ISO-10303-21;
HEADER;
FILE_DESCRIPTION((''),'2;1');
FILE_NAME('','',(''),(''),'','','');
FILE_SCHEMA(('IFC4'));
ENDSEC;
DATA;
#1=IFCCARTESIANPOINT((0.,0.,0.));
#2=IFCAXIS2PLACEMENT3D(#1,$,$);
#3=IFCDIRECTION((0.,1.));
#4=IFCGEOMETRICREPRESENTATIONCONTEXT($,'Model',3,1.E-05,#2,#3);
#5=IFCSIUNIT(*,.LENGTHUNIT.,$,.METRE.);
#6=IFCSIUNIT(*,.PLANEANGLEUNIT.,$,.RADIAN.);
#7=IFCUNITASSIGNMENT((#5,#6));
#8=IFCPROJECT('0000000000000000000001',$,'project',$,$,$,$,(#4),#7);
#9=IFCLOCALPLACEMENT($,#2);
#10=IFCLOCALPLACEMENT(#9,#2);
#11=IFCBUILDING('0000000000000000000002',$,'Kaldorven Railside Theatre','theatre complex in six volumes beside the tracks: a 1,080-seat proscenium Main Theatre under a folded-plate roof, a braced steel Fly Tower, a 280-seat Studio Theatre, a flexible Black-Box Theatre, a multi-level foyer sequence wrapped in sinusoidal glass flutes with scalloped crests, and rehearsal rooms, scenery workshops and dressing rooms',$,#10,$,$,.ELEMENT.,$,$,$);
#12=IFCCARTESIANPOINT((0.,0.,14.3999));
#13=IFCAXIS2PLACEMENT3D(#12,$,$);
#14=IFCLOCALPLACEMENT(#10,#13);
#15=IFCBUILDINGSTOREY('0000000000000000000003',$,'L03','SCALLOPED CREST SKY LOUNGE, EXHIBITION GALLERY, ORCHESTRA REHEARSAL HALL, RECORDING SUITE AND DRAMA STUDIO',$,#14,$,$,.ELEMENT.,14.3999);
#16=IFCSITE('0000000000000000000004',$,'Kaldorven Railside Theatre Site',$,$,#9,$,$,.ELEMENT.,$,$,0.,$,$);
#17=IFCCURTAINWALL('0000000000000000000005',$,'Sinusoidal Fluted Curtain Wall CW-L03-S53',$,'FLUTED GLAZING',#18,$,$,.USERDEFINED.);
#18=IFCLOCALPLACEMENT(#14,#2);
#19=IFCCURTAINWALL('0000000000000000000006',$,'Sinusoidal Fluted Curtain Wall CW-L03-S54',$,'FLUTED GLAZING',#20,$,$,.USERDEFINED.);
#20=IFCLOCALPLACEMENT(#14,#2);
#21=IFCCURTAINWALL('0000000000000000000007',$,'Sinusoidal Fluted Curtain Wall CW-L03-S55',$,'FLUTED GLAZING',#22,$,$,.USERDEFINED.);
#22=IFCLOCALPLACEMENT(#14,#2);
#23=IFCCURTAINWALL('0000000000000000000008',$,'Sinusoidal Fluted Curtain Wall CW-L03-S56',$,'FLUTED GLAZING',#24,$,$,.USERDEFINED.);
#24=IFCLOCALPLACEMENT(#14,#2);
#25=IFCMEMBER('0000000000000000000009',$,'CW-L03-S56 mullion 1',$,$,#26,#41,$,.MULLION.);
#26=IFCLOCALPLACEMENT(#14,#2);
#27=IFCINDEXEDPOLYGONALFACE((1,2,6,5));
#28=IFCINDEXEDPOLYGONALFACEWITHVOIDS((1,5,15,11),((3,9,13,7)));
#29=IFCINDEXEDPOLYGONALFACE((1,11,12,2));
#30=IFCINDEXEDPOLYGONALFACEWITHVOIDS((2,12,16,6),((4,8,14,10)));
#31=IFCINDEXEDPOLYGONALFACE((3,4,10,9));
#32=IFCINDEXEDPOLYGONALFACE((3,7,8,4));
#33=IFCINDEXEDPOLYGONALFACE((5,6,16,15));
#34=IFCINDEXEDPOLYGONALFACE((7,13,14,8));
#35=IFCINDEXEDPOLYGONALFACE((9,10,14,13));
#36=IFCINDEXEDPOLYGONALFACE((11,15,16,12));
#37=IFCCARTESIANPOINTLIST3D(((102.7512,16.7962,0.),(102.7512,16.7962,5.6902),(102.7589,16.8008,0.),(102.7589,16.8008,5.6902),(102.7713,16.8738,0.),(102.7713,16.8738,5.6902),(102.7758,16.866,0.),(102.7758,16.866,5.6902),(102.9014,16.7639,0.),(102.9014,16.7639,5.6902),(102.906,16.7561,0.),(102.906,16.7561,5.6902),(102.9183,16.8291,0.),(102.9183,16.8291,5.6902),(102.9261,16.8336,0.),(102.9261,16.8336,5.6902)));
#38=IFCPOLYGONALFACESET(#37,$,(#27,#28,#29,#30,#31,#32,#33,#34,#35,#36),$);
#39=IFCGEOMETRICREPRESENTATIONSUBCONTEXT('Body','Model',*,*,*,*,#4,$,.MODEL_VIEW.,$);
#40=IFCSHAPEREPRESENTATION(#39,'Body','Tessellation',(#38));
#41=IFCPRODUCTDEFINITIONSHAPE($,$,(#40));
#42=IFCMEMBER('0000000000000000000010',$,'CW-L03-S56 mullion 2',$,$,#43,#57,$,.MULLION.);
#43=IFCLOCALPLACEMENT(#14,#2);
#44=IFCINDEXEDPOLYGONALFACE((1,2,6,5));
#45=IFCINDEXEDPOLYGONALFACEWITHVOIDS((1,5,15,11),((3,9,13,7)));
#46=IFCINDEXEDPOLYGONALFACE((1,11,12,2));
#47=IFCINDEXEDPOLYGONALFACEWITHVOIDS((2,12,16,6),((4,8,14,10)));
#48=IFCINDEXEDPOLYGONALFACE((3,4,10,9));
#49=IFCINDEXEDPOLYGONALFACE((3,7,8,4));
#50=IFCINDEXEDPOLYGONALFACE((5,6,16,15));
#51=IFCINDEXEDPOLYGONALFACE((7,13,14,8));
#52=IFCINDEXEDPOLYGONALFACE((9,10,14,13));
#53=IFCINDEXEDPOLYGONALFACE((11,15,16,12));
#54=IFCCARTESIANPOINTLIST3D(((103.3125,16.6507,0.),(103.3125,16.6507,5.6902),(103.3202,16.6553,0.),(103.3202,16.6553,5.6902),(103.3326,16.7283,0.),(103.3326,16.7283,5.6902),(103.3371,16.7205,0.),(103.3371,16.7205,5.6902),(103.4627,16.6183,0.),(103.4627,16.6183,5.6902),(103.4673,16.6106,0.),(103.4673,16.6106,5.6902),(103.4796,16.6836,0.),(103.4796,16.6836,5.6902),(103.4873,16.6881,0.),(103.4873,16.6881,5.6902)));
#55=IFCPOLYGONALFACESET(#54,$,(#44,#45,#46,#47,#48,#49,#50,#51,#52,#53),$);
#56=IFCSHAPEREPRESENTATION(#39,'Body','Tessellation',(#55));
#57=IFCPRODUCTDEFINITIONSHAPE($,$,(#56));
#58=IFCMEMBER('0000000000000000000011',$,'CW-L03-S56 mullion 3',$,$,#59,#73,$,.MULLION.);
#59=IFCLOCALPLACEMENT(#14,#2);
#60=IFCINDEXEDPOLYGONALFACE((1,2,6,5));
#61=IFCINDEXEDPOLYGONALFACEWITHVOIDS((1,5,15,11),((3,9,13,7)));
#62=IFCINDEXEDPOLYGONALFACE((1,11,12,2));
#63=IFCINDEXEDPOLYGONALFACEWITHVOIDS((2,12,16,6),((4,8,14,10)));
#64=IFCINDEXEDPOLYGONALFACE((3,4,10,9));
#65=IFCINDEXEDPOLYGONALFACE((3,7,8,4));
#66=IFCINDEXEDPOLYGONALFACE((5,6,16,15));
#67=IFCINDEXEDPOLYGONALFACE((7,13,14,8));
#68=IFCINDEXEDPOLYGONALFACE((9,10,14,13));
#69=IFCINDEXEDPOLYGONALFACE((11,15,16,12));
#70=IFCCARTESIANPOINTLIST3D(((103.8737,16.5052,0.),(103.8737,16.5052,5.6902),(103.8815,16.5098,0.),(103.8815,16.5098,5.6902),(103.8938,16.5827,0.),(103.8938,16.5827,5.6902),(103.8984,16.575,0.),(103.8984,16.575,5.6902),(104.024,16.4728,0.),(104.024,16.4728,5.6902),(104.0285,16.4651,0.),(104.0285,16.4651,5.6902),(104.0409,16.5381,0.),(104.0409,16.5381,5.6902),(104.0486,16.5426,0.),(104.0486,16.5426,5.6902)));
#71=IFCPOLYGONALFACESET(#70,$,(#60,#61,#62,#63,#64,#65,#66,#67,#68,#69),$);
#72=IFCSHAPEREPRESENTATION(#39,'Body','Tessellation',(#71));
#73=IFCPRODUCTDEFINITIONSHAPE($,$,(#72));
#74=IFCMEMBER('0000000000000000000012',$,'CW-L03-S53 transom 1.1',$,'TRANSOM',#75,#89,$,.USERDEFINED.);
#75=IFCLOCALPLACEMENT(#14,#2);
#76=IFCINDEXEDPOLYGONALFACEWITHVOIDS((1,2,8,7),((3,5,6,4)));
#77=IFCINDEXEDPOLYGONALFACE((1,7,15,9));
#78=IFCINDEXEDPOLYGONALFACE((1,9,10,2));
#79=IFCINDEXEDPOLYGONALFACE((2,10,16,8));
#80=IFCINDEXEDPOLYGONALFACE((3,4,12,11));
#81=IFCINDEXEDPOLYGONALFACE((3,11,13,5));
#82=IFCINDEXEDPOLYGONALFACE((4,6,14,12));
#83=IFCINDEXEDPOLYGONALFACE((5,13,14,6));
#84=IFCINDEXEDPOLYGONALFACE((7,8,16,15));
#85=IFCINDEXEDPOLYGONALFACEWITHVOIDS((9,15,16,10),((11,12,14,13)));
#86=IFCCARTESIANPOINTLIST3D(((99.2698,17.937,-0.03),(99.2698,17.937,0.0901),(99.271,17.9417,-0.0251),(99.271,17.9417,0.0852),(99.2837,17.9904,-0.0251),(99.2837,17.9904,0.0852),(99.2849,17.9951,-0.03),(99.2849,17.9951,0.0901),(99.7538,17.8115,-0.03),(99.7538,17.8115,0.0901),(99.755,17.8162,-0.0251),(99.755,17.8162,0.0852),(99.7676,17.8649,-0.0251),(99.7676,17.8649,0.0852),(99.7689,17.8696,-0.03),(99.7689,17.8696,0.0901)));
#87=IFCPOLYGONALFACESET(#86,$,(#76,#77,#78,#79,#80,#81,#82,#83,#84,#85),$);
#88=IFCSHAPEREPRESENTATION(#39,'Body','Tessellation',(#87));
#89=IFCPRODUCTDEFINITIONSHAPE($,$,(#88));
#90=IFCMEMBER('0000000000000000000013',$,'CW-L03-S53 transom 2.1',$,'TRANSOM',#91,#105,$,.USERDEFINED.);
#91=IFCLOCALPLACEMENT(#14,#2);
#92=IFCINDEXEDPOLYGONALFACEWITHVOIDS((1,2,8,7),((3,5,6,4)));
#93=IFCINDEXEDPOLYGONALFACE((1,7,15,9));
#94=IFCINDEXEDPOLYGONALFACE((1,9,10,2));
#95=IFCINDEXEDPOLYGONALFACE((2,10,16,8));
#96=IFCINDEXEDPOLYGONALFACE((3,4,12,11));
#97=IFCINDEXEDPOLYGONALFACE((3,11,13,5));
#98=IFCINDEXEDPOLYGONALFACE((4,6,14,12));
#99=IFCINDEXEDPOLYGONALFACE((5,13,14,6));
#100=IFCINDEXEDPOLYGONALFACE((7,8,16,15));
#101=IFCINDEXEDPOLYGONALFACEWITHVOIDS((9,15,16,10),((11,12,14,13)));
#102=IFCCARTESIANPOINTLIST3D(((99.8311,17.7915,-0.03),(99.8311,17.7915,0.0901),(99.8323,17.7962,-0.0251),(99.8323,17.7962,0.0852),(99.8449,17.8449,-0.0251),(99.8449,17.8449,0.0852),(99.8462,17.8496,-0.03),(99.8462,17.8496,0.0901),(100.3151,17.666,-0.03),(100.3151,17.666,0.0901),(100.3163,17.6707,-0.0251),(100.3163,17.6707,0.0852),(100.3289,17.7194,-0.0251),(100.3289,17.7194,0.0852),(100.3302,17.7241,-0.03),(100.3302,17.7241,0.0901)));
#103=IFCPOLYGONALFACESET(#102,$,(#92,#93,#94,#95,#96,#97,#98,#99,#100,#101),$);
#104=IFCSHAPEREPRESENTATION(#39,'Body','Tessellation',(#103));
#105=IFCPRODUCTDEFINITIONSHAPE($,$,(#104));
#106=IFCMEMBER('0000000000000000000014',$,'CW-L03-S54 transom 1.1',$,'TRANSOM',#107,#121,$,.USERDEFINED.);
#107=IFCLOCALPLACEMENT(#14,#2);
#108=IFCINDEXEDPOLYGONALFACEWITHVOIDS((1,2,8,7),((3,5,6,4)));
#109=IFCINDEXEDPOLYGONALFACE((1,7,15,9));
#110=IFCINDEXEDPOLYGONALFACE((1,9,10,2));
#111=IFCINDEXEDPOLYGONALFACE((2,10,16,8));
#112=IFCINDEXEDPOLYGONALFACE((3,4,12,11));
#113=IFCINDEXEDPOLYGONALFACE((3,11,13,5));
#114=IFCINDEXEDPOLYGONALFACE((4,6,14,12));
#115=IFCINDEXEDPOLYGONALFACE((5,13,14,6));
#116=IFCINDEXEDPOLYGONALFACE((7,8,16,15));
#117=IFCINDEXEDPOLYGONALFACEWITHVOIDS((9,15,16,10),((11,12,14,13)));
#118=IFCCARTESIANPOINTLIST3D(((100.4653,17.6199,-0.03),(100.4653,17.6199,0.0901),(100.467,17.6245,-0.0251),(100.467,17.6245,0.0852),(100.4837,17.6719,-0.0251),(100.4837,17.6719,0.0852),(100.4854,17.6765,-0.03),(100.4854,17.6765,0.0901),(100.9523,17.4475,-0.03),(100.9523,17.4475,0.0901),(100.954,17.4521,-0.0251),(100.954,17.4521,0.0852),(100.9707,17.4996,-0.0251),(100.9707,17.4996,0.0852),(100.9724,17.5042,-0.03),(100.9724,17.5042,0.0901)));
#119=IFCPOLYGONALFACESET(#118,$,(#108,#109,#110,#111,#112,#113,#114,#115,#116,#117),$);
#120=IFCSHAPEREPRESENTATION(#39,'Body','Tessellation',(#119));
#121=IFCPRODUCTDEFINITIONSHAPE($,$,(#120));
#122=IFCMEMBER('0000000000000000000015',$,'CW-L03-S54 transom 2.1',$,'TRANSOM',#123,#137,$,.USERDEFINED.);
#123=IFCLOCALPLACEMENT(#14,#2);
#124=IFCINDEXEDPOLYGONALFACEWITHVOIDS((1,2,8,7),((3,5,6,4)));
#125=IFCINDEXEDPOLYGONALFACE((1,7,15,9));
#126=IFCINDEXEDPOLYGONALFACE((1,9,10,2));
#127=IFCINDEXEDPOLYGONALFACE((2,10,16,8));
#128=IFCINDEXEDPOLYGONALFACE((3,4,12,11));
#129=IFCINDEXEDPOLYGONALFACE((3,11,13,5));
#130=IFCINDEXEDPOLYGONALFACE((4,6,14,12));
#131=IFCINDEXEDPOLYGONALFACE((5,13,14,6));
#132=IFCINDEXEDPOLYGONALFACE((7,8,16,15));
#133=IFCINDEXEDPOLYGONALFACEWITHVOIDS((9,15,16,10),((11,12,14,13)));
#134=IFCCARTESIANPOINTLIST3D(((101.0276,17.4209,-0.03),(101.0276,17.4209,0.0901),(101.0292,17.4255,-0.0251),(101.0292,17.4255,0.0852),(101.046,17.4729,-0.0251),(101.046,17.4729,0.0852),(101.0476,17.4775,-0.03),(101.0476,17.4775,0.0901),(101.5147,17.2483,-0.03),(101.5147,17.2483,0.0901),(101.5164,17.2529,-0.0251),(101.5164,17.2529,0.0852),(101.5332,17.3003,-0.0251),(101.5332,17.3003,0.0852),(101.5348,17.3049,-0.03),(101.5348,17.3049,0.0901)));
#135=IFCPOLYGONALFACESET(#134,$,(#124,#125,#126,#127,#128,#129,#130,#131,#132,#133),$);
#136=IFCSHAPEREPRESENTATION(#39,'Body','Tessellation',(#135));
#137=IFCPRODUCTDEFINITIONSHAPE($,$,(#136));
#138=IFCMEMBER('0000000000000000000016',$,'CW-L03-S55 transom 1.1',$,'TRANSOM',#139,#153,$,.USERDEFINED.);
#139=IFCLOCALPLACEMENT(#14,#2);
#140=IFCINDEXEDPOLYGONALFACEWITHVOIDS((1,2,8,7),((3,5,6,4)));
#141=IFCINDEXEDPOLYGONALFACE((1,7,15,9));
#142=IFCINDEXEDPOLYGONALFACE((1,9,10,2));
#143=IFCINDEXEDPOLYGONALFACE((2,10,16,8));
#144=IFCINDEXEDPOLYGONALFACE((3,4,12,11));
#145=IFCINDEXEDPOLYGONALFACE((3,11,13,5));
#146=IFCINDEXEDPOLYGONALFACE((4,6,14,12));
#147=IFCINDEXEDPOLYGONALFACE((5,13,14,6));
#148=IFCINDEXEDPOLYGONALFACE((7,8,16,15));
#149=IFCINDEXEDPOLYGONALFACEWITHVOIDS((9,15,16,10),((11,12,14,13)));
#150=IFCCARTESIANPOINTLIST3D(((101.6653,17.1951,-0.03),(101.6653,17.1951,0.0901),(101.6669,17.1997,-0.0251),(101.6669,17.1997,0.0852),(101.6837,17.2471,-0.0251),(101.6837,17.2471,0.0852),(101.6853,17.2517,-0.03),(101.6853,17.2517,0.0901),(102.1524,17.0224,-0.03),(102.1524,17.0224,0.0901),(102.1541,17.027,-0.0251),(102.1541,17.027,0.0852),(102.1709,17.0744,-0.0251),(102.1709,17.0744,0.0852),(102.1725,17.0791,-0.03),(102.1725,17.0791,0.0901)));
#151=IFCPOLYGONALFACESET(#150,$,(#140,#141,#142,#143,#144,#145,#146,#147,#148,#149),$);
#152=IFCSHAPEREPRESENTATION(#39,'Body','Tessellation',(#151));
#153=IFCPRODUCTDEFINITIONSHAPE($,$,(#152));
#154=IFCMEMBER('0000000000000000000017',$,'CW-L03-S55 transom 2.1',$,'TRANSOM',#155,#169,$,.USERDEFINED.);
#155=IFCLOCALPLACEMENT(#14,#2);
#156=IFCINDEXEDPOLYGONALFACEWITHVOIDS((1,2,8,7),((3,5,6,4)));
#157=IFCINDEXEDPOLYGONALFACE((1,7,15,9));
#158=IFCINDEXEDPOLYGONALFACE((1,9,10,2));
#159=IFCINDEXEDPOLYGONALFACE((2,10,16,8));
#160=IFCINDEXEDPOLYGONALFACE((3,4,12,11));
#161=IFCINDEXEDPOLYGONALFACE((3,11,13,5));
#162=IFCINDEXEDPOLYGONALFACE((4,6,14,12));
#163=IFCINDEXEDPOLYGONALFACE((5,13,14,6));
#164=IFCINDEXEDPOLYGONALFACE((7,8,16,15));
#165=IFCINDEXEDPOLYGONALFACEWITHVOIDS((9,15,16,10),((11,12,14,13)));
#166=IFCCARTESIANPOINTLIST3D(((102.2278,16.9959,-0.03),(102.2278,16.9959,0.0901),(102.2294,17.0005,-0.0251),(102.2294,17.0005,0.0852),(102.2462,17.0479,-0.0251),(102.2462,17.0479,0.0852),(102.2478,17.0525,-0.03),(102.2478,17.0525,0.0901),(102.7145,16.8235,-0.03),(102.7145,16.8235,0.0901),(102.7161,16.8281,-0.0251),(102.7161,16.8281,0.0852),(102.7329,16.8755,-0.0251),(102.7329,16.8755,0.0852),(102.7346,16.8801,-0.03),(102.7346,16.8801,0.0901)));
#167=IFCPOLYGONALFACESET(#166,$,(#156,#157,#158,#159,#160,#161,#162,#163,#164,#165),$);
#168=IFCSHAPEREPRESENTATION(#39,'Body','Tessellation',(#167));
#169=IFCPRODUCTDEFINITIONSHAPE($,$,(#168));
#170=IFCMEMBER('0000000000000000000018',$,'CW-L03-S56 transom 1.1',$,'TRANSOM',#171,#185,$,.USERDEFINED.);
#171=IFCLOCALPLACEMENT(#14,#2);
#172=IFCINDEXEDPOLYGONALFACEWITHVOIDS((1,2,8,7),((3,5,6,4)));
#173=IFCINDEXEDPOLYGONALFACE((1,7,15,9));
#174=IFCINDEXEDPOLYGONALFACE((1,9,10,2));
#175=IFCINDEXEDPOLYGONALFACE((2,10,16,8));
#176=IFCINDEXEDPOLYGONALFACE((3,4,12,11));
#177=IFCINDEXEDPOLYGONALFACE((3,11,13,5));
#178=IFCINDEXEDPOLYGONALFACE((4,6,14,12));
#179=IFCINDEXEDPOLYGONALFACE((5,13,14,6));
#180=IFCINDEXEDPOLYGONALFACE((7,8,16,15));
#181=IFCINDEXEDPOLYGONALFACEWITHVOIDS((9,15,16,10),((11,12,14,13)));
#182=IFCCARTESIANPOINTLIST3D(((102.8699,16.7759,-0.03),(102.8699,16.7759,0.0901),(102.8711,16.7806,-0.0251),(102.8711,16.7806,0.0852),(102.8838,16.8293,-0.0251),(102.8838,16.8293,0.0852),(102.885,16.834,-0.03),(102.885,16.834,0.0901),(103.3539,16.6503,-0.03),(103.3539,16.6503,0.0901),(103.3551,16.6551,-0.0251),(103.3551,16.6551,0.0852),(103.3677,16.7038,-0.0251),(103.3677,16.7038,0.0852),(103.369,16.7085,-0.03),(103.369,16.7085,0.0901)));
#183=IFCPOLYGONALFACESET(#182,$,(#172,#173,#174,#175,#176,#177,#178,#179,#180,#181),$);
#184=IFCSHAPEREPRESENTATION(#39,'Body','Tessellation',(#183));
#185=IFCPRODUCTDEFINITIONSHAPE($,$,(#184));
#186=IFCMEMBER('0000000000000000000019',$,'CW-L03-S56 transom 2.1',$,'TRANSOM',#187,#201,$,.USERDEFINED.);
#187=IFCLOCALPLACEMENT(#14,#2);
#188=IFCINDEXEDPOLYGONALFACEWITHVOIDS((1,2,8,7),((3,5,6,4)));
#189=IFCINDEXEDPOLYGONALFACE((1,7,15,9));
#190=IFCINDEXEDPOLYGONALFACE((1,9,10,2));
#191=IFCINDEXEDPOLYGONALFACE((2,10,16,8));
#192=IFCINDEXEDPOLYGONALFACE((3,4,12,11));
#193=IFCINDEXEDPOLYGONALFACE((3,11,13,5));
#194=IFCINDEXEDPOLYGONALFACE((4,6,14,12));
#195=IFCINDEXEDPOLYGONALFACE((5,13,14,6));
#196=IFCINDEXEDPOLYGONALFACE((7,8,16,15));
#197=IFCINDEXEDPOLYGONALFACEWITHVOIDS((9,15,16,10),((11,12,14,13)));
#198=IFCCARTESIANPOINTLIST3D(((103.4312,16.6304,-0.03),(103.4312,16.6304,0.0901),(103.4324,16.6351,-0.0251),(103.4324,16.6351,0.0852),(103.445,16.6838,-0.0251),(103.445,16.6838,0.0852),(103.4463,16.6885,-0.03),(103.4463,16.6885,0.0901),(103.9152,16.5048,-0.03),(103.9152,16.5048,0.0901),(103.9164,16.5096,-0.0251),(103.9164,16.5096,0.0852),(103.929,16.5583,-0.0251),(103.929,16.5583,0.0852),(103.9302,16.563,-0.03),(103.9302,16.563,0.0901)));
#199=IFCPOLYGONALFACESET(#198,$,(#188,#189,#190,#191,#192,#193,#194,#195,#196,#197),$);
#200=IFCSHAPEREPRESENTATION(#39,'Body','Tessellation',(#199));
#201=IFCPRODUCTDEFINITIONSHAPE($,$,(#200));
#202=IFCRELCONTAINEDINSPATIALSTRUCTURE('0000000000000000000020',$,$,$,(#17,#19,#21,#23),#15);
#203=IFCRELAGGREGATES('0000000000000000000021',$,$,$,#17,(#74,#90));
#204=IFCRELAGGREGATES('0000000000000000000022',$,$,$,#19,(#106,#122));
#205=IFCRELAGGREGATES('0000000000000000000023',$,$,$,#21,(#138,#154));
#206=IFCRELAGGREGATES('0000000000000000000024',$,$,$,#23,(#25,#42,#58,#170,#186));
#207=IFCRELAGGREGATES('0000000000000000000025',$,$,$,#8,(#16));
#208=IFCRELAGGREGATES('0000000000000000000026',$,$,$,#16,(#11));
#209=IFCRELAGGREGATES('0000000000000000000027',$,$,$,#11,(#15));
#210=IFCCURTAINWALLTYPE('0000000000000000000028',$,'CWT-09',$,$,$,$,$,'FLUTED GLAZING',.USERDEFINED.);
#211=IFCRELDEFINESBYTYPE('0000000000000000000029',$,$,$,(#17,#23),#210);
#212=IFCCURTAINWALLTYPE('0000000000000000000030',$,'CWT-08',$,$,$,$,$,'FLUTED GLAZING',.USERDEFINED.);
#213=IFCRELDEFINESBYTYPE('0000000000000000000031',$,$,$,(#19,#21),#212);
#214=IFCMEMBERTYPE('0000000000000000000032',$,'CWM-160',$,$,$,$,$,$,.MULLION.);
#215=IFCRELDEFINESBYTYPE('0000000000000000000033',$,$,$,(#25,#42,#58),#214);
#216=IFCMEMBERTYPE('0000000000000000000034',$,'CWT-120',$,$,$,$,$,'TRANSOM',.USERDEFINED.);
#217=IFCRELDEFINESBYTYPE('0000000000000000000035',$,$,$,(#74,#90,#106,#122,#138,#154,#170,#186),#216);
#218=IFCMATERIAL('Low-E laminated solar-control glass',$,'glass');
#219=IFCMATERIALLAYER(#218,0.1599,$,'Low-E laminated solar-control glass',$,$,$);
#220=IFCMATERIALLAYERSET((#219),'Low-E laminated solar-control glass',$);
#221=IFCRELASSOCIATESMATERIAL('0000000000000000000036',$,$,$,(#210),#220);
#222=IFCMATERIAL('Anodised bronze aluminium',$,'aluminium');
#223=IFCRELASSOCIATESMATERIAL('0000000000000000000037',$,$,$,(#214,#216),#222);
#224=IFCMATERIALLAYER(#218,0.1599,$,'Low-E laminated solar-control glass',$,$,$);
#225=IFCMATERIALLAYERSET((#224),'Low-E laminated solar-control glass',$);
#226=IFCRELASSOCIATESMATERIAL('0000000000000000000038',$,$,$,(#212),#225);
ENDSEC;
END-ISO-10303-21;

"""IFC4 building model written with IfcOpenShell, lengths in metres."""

from ifc_helpers import new_model, si_unit, direction, frame, origin, origin_2d, place, context, subcontext, project, spatial, hollow_rectangle, extrude, material, layer, layer_set, material_profile, profile_set, type_object, element, aggregate, save


model = new_model("IFC4")

# Units and contexts
model_context = context("Model", 3, precision=1e-05, world=origin(), true_north=direction((0.0, 1.0)))
body_context = subcontext(model_context, "Body", "Model", "MODEL_VIEW")
ifc_project = project(units=[si_unit("LENGTHUNIT", "METRE"), si_unit("PLANEANGLEUNIT", "RADIAN")], contexts=[model_context])

# Site, building, storey
site_placement = place(None, origin())
site = spatial("IfcSite", under=ifc_project, at=site_placement, Name="Kaldorven Railside Theatre Site", CompositionType="ELEMENT", RefElevation=0.0)
building_placement = place(site_placement, origin())
building = spatial("IfcBuilding", under=site, at=building_placement, Name="Kaldorven Railside Theatre", Description="theatre complex in six volumes beside the tracks: a 1,080-seat proscenium Main Theatre under a folded-plate roof, a braced steel Fly Tower, a 280-seat Studio Theatre, a flexible Black-Box Theatre, a multi-level foyer sequence wrapped in sinusoidal glass flutes with scalloped crests, and rehearsal rooms, scenery workshops and dressing rooms", CompositionType="ELEMENT")
storey_placement = place(building_placement, frame((0.0, 0.0, 14.3999)))
storey = spatial("IfcBuildingStorey", under=building, at=storey_placement, Name="L03", Description="SCALLOPED CREST SKY LOUNGE, EXHIBITION GALLERY, ORCHESTRA REHEARSAL HALL, RECORDING SUITE AND DRAMA STUDIO", CompositionType="ELEMENT", Elevation=14.3999)

# Curtain walls, members
ifc_material_1 = material(Name="Low-E laminated solar-control glass", Category="glass")
ifc_layer_1 = layer(ifc_material_1, 0.1599, Name="Low-E laminated solar-control glass")
ifc_layer_set_1 = layer_set([ifc_layer_1], Name="Low-E laminated solar-control glass")
curtain_wall_type_1 = type_object("IfcCurtainWallType", Name="CWT-09", ElementType="FLUTED GLAZING", PredefinedType="USERDEFINED", material=ifc_layer_set_1)
curtain_wall_1_placement = place(storey_placement, origin())
curtain_wall_1 = element("IfcCurtainWall", 1, at=curtain_wall_1_placement, inside=storey, type_object=curtain_wall_type_1, Name="Sinusoidal Fluted Curtain Wall CW-L03-S53", ObjectType="FLUTED GLAZING", PredefinedType="USERDEFINED")
ifc_material_2 = material(Name="Anodised bronze aluminium", Category="aluminium")
ifc_material_profile_1 = material_profile(ifc_material_2, hollow_rectangle(XDim=0.0801, YDim=0.1599, WallThickness=0.0063, at=origin_2d()), Name="RHS 160x80x6.3")
ifc_profile_set_1 = profile_set([ifc_material_profile_1], Name="Anodised bronze aluminium")
member_type_1 = type_object("IfcMemberType", Name="CWM-160", PredefinedType="MULLION", material=ifc_profile_set_1)
ifc_layer_2 = layer(ifc_material_1, 0.1599, Name="Low-E laminated solar-control glass")
ifc_layer_set_2 = layer_set([ifc_layer_2], Name="Low-E laminated solar-control glass")
curtain_wall_type_2 = type_object("IfcCurtainWallType", Name="CWT-08", ElementType="FLUTED GLAZING", PredefinedType="USERDEFINED", material=ifc_layer_set_2)
curtain_wall_2_placement = place(storey_placement, origin())
curtain_wall_2 = element("IfcCurtainWall", 2, at=curtain_wall_2_placement, inside=storey, type_object=curtain_wall_type_2, Name="Sinusoidal Fluted Curtain Wall CW-L03-S54", ObjectType="FLUTED GLAZING", PredefinedType="USERDEFINED")
curtain_wall_3_placement = place(storey_placement, origin())
curtain_wall_3 = element("IfcCurtainWall", 3, at=curtain_wall_3_placement, inside=storey, type_object=curtain_wall_type_2, Name="Sinusoidal Fluted Curtain Wall CW-L03-S55", ObjectType="FLUTED GLAZING", PredefinedType="USERDEFINED")
curtain_wall_4_placement = place(storey_placement, origin())
curtain_wall_4 = element("IfcCurtainWall", 4, at=curtain_wall_4_placement, inside=storey, type_object=curtain_wall_type_1, Name="Sinusoidal Fluted Curtain Wall CW-L03-S56", ObjectType="FLUTED GLAZING", PredefinedType="USERDEFINED")
member_1_placement = place(storey_placement, frame((102.8386, 16.8149, 0.0), z_axis=(0.0, 0.0, 1.0), x_axis=(0.250954, 0.967999, 0.0)))
member_1 = element("IfcMember", 5, at=member_1_placement, type_object=member_type_1, Name="CW-L03-S56 mullion 1", PredefinedType="MULLION", context=body_context, shape_type="SweptSolid", body=[
    extrude(hollow_rectangle(XDim=0.0801, YDim=0.1599, WallThickness=0.0063, at=origin_2d()), origin(), (0.0, 0.0, 1.0), 5.6902),
])
member_2_placement = place(storey_placement, frame((103.3999, 16.6694, 0.0), z_axis=(0.0, 0.0, 1.0), x_axis=(0.250954, 0.967999, 0.0)))
member_2 = element("IfcMember", 6, at=member_2_placement, type_object=member_type_1, Name="CW-L03-S56 mullion 2", PredefinedType="MULLION", context=body_context, shape_type="SweptSolid", body=[
    extrude(hollow_rectangle(XDim=0.0801, YDim=0.1599, WallThickness=0.0063, at=origin_2d()), origin(), (0.0, 0.0, 1.0), 5.6902),
])
member_3_placement = place(storey_placement, frame((103.9612, 16.5239, 0.0), z_axis=(0.0, 0.0, 1.0), x_axis=(0.250954, 0.967999, 0.0)))
member_3 = element("IfcMember", 7, at=member_3_placement, type_object=member_type_1, Name="CW-L03-S56 mullion 3", PredefinedType="MULLION", context=body_context, shape_type="SweptSolid", body=[
    extrude(hollow_rectangle(XDim=0.0801, YDim=0.1599, WallThickness=0.0063, at=origin_2d()), origin(), (0.0, 0.0, 1.0), 5.6902),
])

# Members
ifc_material_profile_2 = material_profile(ifc_material_2, hollow_rectangle(XDim=0.0601, YDim=0.1201, WallThickness=0.0049, at=origin_2d()), Name="RHS 120x60x5")
ifc_profile_set_2 = profile_set([ifc_material_profile_2], Name="Anodised bronze aluminium")
member_type_2 = type_object("IfcMemberType", Name="CWT-120", ElementType="TRANSOM", PredefinedType="USERDEFINED", material=ifc_profile_set_2)
member_4_placement = place(storey_placement, frame((99.2773, 17.9661, 0.03), z_axis=(0.967979, -0.25103, 0.0), x_axis=(0.25103, 0.967979, 0.0)))
member_4 = element("IfcMember", 8, at=member_4_placement, type_object=member_type_2, Name="CW-L03-S53 transom 1.1", ObjectType="TRANSOM", PredefinedType="USERDEFINED", context=body_context, shape_type="SweptSolid", body=[
    extrude(hollow_rectangle(XDim=0.0601, YDim=0.1201, WallThickness=0.0049, at=origin_2d()), origin(), (0.0, 0.0, 1.0), 0.5),
])
member_5_placement = place(storey_placement, frame((99.8386, 17.8206, 0.03), z_axis=(0.967979, -0.25103, 0.0), x_axis=(0.25103, 0.967979, 0.0)))
member_5 = element("IfcMember", 9, at=member_5_placement, type_object=member_type_2, Name="CW-L03-S53 transom 2.1", ObjectType="TRANSOM", PredefinedType="USERDEFINED", context=body_context, shape_type="SweptSolid", body=[
    extrude(hollow_rectangle(XDim=0.0601, YDim=0.1201, WallThickness=0.0049, at=origin_2d()), origin(), (0.0, 0.0, 1.0), 0.5),
])
member_6_placement = place(storey_placement, frame((100.4753, 17.6482, 0.03), z_axis=(0.942711, -0.333611, 0.0), x_axis=(0.333611, 0.942711, 0.0)))
member_6 = element("IfcMember", 10, at=member_6_placement, type_object=member_type_2, Name="CW-L03-S54 transom 1.1", ObjectType="TRANSOM", PredefinedType="USERDEFINED", context=body_context, shape_type="SweptSolid", body=[
    extrude(hollow_rectangle(XDim=0.0601, YDim=0.1201, WallThickness=0.0049, at=origin_2d()), origin(), (0.0, 0.0, 1.0), 0.5166),
])
member_7_placement = place(storey_placement, frame((101.0376, 17.4492, 0.03), z_axis=(0.942562, -0.334031, 0.0), x_axis=(0.334031, 0.942562, 0.0)))
member_7 = element("IfcMember", 11, at=member_7_placement, type_object=member_type_2, Name="CW-L03-S54 transom 2.1", ObjectType="TRANSOM", PredefinedType="USERDEFINED", context=body_context, shape_type="SweptSolid", body=[
    extrude(hollow_rectangle(XDim=0.0601, YDim=0.1201, WallThickness=0.0049, at=origin_2d()), origin(), (0.0, 0.0, 1.0), 0.5168),
])
member_8_placement = place(storey_placement, frame((101.6753, 17.2234, 0.03), z_axis=(0.942562, -0.334031, 0.0), x_axis=(0.334031, 0.942562, 0.0)))
member_8 = element("IfcMember", 12, at=member_8_placement, type_object=member_type_2, Name="CW-L03-S55 transom 1.1", ObjectType="TRANSOM", PredefinedType="USERDEFINED", context=body_context, shape_type="SweptSolid", body=[
    extrude(hollow_rectangle(XDim=0.0601, YDim=0.1201, WallThickness=0.0049, at=origin_2d()), origin(), (0.0, 0.0, 1.0), 0.5168),
])
member_9_placement = place(storey_placement, frame((102.2378, 17.0242, 0.03), z_axis=(0.942658, -0.33376, 0.0), x_axis=(0.33376, 0.942658, 0.0)))
member_9 = element("IfcMember", 13, at=member_9_placement, type_object=member_type_2, Name="CW-L03-S55 transom 2.1", ObjectType="TRANSOM", PredefinedType="USERDEFINED", context=body_context, shape_type="SweptSolid", body=[
    extrude(hollow_rectangle(XDim=0.0601, YDim=0.1201, WallThickness=0.0049, at=origin_2d()), origin(), (0.0, 0.0, 1.0), 0.5164),
])
member_10_placement = place(storey_placement, frame((102.8774, 16.8049, 0.03), z_axis=(0.967979, -0.25103, 0.0), x_axis=(0.25103, 0.967979, 0.0)))
member_10 = element("IfcMember", 14, at=member_10_placement, type_object=member_type_2, Name="CW-L03-S56 transom 1.1", ObjectType="TRANSOM", PredefinedType="USERDEFINED", context=body_context, shape_type="SweptSolid", body=[
    extrude(hollow_rectangle(XDim=0.0601, YDim=0.1201, WallThickness=0.0049, at=origin_2d()), origin(), (0.0, 0.0, 1.0), 0.5),
])
member_11_placement = place(storey_placement, frame((103.4387, 16.6594, 0.03), z_axis=(0.967979, -0.25103, 0.0), x_axis=(0.25103, 0.967979, 0.0)))
member_11 = element("IfcMember", 15, at=member_11_placement, type_object=member_type_2, Name="CW-L03-S56 transom 2.1", ObjectType="TRANSOM", PredefinedType="USERDEFINED", context=body_context, shape_type="SweptSolid", body=[
    extrude(hollow_rectangle(XDim=0.0601, YDim=0.1201, WallThickness=0.0049, at=origin_2d()), origin(), (0.0, 0.0, 1.0), 0.5),
])

aggregate(curtain_wall_1, [member_4, member_5])
aggregate(curtain_wall_2, [member_6, member_7])
aggregate(curtain_wall_3, [member_8, member_9])
aggregate(curtain_wall_4, [member_1, member_2, member_3, member_10, member_11])

save(model, "model.ifc")
